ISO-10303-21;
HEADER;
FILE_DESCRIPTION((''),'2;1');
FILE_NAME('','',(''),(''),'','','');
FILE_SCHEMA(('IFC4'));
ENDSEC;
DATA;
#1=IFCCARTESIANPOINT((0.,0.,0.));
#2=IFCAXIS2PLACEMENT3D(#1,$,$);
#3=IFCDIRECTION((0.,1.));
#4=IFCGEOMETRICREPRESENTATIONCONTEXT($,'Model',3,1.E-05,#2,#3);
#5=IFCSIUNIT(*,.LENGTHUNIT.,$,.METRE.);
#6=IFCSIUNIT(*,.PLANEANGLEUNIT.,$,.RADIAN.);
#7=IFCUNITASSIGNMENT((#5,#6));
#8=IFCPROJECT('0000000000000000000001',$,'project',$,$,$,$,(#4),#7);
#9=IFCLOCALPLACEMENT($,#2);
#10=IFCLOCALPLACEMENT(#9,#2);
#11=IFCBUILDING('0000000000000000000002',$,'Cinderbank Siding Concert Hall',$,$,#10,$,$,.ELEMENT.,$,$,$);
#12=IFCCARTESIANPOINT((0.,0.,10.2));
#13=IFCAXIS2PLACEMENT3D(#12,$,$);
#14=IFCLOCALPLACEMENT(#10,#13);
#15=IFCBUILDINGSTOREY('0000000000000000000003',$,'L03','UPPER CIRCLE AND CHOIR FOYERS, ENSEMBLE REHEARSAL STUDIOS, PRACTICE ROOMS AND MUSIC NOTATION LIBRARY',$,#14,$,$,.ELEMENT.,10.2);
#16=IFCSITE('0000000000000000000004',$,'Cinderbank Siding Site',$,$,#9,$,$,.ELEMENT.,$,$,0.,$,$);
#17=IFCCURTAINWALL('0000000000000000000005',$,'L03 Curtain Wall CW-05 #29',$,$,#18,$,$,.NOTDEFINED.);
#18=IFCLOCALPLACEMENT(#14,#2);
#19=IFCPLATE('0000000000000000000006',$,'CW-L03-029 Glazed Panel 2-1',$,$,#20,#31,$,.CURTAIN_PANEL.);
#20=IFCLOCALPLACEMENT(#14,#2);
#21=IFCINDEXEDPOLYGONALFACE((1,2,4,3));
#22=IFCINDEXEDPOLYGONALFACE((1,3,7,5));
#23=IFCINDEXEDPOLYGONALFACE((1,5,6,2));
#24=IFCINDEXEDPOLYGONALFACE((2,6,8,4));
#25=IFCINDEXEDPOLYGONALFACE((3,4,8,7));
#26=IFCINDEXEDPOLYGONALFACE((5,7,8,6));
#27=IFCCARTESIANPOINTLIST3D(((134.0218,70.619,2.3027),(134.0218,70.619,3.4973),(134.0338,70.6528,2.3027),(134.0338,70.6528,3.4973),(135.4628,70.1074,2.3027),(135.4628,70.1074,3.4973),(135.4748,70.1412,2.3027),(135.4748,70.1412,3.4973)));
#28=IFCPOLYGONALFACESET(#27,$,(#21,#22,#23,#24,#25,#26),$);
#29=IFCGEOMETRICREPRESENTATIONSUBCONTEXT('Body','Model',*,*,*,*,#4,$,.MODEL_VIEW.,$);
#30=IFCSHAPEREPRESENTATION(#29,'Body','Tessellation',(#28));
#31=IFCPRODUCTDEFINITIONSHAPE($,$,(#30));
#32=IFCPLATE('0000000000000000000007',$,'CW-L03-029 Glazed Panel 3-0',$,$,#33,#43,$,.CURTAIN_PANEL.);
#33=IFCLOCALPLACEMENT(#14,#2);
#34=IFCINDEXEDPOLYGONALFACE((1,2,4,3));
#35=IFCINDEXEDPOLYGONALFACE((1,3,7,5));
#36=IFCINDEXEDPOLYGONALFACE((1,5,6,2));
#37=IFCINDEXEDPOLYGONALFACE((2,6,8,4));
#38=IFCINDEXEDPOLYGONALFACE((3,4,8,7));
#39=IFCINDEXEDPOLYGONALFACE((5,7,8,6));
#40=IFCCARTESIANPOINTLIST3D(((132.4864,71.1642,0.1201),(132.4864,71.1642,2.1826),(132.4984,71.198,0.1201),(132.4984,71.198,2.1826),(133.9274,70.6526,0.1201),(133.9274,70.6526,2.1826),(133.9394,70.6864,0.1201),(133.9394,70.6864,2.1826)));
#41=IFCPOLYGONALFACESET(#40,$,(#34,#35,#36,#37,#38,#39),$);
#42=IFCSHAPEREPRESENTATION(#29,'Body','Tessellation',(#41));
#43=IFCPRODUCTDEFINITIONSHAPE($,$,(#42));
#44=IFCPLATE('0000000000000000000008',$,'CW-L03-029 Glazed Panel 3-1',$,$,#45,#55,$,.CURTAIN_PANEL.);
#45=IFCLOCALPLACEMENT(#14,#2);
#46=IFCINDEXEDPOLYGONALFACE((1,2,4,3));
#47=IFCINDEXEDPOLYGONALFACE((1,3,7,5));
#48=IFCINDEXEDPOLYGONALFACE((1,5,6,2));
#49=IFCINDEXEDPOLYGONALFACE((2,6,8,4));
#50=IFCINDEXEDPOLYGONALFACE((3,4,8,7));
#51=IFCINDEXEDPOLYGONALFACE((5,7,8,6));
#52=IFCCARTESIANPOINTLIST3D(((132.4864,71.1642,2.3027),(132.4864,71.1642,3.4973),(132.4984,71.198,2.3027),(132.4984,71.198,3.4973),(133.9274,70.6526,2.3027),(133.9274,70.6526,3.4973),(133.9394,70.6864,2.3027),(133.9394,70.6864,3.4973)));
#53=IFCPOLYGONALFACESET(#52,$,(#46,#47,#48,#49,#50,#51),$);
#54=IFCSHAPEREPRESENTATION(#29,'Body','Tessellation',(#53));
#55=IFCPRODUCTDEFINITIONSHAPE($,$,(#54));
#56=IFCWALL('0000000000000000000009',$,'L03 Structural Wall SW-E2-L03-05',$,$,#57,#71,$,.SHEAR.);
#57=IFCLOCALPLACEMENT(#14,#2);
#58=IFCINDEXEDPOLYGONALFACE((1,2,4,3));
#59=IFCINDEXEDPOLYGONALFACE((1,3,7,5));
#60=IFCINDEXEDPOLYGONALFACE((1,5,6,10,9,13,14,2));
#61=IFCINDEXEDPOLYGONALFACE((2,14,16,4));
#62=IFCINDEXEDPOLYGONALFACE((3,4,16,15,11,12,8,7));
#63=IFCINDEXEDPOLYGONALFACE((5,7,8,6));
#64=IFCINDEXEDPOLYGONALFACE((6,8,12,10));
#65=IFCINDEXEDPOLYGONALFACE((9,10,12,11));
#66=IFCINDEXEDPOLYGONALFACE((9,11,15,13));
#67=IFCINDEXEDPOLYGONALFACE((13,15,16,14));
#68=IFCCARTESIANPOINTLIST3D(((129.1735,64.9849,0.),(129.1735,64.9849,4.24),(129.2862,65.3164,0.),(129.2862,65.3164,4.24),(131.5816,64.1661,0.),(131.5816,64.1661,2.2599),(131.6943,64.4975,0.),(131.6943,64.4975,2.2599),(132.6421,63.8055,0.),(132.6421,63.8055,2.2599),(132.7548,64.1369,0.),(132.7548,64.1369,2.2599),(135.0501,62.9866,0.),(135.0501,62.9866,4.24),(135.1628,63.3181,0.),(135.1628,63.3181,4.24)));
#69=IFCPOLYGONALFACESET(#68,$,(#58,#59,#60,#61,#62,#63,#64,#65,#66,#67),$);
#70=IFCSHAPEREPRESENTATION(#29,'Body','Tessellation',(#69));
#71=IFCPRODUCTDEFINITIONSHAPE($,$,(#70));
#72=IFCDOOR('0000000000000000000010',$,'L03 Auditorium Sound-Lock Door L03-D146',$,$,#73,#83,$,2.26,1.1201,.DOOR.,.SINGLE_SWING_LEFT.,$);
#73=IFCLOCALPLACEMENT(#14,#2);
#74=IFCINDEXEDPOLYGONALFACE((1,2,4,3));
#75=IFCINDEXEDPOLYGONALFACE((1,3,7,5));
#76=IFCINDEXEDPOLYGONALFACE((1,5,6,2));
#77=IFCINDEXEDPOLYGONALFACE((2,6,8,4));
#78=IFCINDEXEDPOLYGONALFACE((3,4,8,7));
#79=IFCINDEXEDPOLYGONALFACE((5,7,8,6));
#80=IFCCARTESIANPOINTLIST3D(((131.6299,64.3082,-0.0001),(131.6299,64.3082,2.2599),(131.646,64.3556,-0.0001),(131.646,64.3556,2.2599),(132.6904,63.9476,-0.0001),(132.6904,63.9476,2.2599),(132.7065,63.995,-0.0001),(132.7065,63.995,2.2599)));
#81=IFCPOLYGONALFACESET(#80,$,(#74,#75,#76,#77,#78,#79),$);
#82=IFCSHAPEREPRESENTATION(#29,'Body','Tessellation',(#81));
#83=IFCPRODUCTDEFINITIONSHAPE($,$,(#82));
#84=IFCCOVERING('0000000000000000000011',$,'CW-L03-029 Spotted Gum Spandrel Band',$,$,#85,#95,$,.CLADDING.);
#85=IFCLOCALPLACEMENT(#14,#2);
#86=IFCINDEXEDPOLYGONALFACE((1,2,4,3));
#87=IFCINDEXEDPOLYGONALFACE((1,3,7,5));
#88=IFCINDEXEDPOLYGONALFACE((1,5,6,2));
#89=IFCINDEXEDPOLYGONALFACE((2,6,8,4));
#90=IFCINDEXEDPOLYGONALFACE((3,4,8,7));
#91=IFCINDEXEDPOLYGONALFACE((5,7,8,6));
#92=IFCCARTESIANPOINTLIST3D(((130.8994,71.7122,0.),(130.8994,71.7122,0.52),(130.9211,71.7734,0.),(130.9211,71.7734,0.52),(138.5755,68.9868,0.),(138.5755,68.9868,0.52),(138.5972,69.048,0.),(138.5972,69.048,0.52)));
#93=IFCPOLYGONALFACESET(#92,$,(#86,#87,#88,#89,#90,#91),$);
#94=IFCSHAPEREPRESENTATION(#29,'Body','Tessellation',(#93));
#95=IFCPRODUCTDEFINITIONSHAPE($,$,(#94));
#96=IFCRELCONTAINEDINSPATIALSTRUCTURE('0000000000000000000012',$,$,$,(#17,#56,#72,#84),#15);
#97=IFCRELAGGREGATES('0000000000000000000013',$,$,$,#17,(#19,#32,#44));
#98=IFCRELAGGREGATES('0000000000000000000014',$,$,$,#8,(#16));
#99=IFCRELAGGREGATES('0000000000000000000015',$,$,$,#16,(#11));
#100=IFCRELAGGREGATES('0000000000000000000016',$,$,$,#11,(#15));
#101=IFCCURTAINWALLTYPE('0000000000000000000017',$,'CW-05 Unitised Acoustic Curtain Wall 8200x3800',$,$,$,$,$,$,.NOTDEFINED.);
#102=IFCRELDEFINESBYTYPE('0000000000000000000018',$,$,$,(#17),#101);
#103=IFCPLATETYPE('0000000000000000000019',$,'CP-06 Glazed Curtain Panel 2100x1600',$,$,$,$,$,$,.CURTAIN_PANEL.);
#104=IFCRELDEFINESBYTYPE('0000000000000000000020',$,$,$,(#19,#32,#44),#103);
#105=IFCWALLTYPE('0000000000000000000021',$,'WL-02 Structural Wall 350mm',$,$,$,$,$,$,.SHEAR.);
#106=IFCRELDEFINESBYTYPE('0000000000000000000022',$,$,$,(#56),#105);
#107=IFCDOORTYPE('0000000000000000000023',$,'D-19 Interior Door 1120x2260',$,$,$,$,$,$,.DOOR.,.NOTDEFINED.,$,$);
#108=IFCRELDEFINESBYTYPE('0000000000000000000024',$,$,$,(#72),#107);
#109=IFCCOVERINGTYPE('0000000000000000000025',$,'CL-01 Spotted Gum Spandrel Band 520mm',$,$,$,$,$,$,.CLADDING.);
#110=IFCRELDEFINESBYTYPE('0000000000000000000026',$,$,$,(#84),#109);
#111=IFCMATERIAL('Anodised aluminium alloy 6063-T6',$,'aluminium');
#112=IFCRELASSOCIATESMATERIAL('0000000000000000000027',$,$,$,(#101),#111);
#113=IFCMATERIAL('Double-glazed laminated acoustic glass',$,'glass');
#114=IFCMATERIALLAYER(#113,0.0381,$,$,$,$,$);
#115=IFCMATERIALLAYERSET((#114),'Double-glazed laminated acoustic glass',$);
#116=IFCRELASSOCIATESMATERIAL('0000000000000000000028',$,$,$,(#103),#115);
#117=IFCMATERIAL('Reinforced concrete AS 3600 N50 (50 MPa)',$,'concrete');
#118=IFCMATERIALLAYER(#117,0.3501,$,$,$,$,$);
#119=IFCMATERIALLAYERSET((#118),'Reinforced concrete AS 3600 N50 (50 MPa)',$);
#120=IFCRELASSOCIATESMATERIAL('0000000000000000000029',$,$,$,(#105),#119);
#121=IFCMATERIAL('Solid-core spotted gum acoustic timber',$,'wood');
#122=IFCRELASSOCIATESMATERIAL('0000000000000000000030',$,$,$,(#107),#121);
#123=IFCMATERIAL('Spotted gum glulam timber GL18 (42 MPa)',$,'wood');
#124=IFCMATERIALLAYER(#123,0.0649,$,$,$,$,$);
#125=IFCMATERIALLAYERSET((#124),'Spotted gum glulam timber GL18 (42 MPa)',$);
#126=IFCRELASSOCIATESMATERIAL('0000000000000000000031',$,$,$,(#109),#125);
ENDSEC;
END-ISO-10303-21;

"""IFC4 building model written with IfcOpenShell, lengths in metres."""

from ifc_helpers import new_model, si_unit, direction, frame, frame_2d, origin, origin_2d, place, context, subcontext, project, spatial, rectangle, extrude, material, layer, layer_set, type_object, element, fill, aggregate, save


model = new_model("IFC4")

# Units and contexts
model_context = context("Model", 3, precision=1e-05, world=origin(), true_north=direction((0.0, 1.0)))
body_context = subcontext(model_context, "Body", "Model", "MODEL_VIEW")
ifc_project = project(units=[si_unit("LENGTHUNIT", "METRE"), si_unit("PLANEANGLEUNIT", "RADIAN")], contexts=[model_context])

# Site, building, storey
site_placement = place(None, origin())
site = spatial("IfcSite", under=ifc_project, at=site_placement, Name="Cinderbank Siding Site", CompositionType="ELEMENT", RefElevation=0.0)
building_placement = place(site_placement, origin())
building = spatial("IfcBuilding", under=site, at=building_placement, Name="Cinderbank Siding Concert Hall", CompositionType="ELEMENT")
storey_placement = place(building_placement, frame((0.0, 0.0, 10.2)))
storey = spatial("IfcBuildingStorey", under=building, at=storey_placement, Name="L03", Description="UPPER CIRCLE AND CHOIR FOYERS, ENSEMBLE REHEARSAL STUDIOS, PRACTICE ROOMS AND MUSIC NOTATION LIBRARY", CompositionType="ELEMENT", Elevation=10.2)

# Shared definitions
ifc_material_1 = material(Name="Reinforced concrete AS 3600 N50 (50 MPa)", Category="concrete")

# Shared definitions
ifc_material_2 = material(Name="Anodised aluminium alloy 6063-T6", Category="aluminium")

# Curtain wall
curtain_wall_type_1 = type_object("IfcCurtainWallType", Name="CW-05 Unitised Acoustic Curtain Wall 8200x3800", PredefinedType="NOTDEFINED", material=ifc_material_2)
curtain_wall_1_placement = place(storey_placement, origin())
curtain_wall_1 = element("IfcCurtainWall", 1, at=curtain_wall_1_placement, inside=storey, type_object=curtain_wall_type_1, Name="L03 Curtain Wall CW-05 #29", PredefinedType="NOTDEFINED")

# Shared definitions
ifc_material_3 = material(Name="Spotted gum glulam timber GL18 (42 MPa)", Category="wood")

# Plates
ifc_material_4 = material(Name="Double-glazed laminated acoustic glass", Category="glass")
ifc_layer_1 = layer(ifc_material_4, 0.0381)
ifc_layer_set_1 = layer_set([ifc_layer_1], Name="Double-glazed laminated acoustic glass")
plate_type = type_object("IfcPlateType", Name="CP-06 Glazed Curtain Panel 2100x1600", PredefinedType="CURTAIN_PANEL", material=ifc_layer_set_1)
plate_1_placement = place(storey_placement, frame((134.7483, 70.3801, 2.3027), z_axis=(0.0, 0.0, 1.0), x_axis=(-0.942366, 0.334585, 0.0)))
plate_1 = element("IfcPlate", 2, at=plate_1_placement, type_object=plate_type, Name="CW-L03-029 Glazed Panel 2-1", PredefinedType="CURTAIN_PANEL", context=body_context, shape_type="SweptSolid", body=[
    extrude(rectangle(XDim=1.5291, YDim=0.0359, at=origin_2d()), origin(), (0.0, 0.0, 1.0), 1.1946),
])
plate_2_placement = place(storey_placement, frame((133.2129, 70.9253, 0.1201), z_axis=(0.0, 0.0, 1.0), x_axis=(-0.942366, 0.334585, 0.0)))
plate_2 = element("IfcPlate", 3, at=plate_2_placement, type_object=plate_type, Name="CW-L03-029 Glazed Panel 3-0", PredefinedType="CURTAIN_PANEL", context=body_context, shape_type="SweptSolid", body=[
    extrude(rectangle(XDim=1.5291, YDim=0.0359, at=origin_2d()), origin(), (0.0, 0.0, 1.0), 2.0625),
])
plate_3_placement = place(storey_placement, frame((133.2129, 70.9253, 2.3027), z_axis=(0.0, 0.0, 1.0), x_axis=(-0.942366, 0.334585, 0.0)))
plate_3 = element("IfcPlate", 4, at=plate_3_placement, type_object=plate_type, Name="CW-L03-029 Glazed Panel 3-1", PredefinedType="CURTAIN_PANEL", context=body_context, shape_type="SweptSolid", body=[
    extrude(rectangle(XDim=1.5291, YDim=0.0359, at=origin_2d()), origin(), (0.0, 0.0, 1.0), 1.1946),
])
aggregate(curtain_wall_1, [plate_1, plate_2, plate_3])

# Wall, opening, door
ifc_layer_2 = layer(ifc_material_1, 0.3501)
ifc_layer_set_2 = layer_set([ifc_layer_2], Name="Reinforced concrete AS 3600 N50 (50 MPa)")
wall_type = type_object("IfcWallType", Name="WL-02 Structural Wall 350mm", PredefinedType="SHEAR", material=ifc_layer_set_2)
wall_placement = place(storey_placement, frame((135.1064, 63.1523, 0.0), z_axis=(0.0, 0.0, 1.0), x_axis=(-0.946758, 0.321945, 0.0)))
wall = element("IfcWall", 5, at=wall_placement, inside=storey, type_object=wall_type, Name="L03 Structural Wall SW-E2-L03-05", PredefinedType="SHEAR", context=body_context, shape_type="SweptSolid", body=[
    extrude(rectangle(XDim=6.207, YDim=0.3501, at=frame_2d((3.1035, 0.0))), origin(), (0.0, 0.0, 1.0), 4.24),
])
opening_placement = place(wall_placement, frame((2.5435, 0.0, 0.0)))
opening = element("IfcOpeningElement", 6, at=opening_placement, cuts=wall, PredefinedType="OPENING", context=body_context, shape_type="SweptSolid", body=[
    extrude(rectangle(XDim=1.1201, YDim=2.26, at=frame_2d((0.5601, 1.1299))), frame((0.0, 0.187, 0.0), z_axis=(0.0, -1.0, 0.0), x_axis=(1.0, 0.0, 0.0)), (0.0, 0.0, 1.0), 0.374),
])
ifc_material_5 = material(Name="Solid-core spotted gum acoustic timber", Category="wood")
door_type = type_object("IfcDoorType", Name="D-19 Interior Door 1120x2260", OperationType="NOTDEFINED", PredefinedType="DOOR", material=ifc_material_5)
door_placement = place(opening_placement, origin())
door = element("IfcDoor", 7, at=door_placement, inside=storey, type_object=door_type, Name="L03 Auditorium Sound-Lock Door L03-D146", OperationType="SINGLE_SWING_LEFT", OverallHeight=2.26, OverallWidth=1.1201, PredefinedType="DOOR", context=body_context, shape_type="SweptSolid", body=[
    extrude(rectangle(XDim=1.1201, YDim=2.26, at=frame_2d((0.5601, 1.1299))), frame((0.0, 0.0249, 0.0), z_axis=(0.0, -1.0, 0.0), x_axis=(1.0, 0.0, 0.0)), (0.0, 0.0, 1.0), 0.05),
])
fill(opening, door)

# Covering
ifc_layer_3 = layer(ifc_material_3, 0.0649)
ifc_layer_set_3 = layer_set([ifc_layer_3], Name="Spotted gum glulam timber GL18 (42 MPa)")
covering_type = type_object("IfcCoveringType", Name="CL-01 Spotted Gum Spandrel Band 520mm", PredefinedType="CLADDING", material=ifc_layer_set_3)
covering_placement = place(storey_placement, frame((134.7483, 70.3801, 0.0), z_axis=(0.0, 0.0, 1.0), x_axis=(-0.942366, 0.334585, 0.0)))
element("IfcCovering", 8, at=covering_placement, inside=storey, type_object=covering_type, Name="CW-L03-029 Spotted Gum Spandrel Band", PredefinedType="CLADDING", context=body_context, shape_type="SweptSolid", body=[
    extrude(rectangle(XDim=8.1455, YDim=0.0649, at=origin_2d()), origin(), (0.0, 0.0, 1.0), 0.52),
])

save(model, "model.ifc")
